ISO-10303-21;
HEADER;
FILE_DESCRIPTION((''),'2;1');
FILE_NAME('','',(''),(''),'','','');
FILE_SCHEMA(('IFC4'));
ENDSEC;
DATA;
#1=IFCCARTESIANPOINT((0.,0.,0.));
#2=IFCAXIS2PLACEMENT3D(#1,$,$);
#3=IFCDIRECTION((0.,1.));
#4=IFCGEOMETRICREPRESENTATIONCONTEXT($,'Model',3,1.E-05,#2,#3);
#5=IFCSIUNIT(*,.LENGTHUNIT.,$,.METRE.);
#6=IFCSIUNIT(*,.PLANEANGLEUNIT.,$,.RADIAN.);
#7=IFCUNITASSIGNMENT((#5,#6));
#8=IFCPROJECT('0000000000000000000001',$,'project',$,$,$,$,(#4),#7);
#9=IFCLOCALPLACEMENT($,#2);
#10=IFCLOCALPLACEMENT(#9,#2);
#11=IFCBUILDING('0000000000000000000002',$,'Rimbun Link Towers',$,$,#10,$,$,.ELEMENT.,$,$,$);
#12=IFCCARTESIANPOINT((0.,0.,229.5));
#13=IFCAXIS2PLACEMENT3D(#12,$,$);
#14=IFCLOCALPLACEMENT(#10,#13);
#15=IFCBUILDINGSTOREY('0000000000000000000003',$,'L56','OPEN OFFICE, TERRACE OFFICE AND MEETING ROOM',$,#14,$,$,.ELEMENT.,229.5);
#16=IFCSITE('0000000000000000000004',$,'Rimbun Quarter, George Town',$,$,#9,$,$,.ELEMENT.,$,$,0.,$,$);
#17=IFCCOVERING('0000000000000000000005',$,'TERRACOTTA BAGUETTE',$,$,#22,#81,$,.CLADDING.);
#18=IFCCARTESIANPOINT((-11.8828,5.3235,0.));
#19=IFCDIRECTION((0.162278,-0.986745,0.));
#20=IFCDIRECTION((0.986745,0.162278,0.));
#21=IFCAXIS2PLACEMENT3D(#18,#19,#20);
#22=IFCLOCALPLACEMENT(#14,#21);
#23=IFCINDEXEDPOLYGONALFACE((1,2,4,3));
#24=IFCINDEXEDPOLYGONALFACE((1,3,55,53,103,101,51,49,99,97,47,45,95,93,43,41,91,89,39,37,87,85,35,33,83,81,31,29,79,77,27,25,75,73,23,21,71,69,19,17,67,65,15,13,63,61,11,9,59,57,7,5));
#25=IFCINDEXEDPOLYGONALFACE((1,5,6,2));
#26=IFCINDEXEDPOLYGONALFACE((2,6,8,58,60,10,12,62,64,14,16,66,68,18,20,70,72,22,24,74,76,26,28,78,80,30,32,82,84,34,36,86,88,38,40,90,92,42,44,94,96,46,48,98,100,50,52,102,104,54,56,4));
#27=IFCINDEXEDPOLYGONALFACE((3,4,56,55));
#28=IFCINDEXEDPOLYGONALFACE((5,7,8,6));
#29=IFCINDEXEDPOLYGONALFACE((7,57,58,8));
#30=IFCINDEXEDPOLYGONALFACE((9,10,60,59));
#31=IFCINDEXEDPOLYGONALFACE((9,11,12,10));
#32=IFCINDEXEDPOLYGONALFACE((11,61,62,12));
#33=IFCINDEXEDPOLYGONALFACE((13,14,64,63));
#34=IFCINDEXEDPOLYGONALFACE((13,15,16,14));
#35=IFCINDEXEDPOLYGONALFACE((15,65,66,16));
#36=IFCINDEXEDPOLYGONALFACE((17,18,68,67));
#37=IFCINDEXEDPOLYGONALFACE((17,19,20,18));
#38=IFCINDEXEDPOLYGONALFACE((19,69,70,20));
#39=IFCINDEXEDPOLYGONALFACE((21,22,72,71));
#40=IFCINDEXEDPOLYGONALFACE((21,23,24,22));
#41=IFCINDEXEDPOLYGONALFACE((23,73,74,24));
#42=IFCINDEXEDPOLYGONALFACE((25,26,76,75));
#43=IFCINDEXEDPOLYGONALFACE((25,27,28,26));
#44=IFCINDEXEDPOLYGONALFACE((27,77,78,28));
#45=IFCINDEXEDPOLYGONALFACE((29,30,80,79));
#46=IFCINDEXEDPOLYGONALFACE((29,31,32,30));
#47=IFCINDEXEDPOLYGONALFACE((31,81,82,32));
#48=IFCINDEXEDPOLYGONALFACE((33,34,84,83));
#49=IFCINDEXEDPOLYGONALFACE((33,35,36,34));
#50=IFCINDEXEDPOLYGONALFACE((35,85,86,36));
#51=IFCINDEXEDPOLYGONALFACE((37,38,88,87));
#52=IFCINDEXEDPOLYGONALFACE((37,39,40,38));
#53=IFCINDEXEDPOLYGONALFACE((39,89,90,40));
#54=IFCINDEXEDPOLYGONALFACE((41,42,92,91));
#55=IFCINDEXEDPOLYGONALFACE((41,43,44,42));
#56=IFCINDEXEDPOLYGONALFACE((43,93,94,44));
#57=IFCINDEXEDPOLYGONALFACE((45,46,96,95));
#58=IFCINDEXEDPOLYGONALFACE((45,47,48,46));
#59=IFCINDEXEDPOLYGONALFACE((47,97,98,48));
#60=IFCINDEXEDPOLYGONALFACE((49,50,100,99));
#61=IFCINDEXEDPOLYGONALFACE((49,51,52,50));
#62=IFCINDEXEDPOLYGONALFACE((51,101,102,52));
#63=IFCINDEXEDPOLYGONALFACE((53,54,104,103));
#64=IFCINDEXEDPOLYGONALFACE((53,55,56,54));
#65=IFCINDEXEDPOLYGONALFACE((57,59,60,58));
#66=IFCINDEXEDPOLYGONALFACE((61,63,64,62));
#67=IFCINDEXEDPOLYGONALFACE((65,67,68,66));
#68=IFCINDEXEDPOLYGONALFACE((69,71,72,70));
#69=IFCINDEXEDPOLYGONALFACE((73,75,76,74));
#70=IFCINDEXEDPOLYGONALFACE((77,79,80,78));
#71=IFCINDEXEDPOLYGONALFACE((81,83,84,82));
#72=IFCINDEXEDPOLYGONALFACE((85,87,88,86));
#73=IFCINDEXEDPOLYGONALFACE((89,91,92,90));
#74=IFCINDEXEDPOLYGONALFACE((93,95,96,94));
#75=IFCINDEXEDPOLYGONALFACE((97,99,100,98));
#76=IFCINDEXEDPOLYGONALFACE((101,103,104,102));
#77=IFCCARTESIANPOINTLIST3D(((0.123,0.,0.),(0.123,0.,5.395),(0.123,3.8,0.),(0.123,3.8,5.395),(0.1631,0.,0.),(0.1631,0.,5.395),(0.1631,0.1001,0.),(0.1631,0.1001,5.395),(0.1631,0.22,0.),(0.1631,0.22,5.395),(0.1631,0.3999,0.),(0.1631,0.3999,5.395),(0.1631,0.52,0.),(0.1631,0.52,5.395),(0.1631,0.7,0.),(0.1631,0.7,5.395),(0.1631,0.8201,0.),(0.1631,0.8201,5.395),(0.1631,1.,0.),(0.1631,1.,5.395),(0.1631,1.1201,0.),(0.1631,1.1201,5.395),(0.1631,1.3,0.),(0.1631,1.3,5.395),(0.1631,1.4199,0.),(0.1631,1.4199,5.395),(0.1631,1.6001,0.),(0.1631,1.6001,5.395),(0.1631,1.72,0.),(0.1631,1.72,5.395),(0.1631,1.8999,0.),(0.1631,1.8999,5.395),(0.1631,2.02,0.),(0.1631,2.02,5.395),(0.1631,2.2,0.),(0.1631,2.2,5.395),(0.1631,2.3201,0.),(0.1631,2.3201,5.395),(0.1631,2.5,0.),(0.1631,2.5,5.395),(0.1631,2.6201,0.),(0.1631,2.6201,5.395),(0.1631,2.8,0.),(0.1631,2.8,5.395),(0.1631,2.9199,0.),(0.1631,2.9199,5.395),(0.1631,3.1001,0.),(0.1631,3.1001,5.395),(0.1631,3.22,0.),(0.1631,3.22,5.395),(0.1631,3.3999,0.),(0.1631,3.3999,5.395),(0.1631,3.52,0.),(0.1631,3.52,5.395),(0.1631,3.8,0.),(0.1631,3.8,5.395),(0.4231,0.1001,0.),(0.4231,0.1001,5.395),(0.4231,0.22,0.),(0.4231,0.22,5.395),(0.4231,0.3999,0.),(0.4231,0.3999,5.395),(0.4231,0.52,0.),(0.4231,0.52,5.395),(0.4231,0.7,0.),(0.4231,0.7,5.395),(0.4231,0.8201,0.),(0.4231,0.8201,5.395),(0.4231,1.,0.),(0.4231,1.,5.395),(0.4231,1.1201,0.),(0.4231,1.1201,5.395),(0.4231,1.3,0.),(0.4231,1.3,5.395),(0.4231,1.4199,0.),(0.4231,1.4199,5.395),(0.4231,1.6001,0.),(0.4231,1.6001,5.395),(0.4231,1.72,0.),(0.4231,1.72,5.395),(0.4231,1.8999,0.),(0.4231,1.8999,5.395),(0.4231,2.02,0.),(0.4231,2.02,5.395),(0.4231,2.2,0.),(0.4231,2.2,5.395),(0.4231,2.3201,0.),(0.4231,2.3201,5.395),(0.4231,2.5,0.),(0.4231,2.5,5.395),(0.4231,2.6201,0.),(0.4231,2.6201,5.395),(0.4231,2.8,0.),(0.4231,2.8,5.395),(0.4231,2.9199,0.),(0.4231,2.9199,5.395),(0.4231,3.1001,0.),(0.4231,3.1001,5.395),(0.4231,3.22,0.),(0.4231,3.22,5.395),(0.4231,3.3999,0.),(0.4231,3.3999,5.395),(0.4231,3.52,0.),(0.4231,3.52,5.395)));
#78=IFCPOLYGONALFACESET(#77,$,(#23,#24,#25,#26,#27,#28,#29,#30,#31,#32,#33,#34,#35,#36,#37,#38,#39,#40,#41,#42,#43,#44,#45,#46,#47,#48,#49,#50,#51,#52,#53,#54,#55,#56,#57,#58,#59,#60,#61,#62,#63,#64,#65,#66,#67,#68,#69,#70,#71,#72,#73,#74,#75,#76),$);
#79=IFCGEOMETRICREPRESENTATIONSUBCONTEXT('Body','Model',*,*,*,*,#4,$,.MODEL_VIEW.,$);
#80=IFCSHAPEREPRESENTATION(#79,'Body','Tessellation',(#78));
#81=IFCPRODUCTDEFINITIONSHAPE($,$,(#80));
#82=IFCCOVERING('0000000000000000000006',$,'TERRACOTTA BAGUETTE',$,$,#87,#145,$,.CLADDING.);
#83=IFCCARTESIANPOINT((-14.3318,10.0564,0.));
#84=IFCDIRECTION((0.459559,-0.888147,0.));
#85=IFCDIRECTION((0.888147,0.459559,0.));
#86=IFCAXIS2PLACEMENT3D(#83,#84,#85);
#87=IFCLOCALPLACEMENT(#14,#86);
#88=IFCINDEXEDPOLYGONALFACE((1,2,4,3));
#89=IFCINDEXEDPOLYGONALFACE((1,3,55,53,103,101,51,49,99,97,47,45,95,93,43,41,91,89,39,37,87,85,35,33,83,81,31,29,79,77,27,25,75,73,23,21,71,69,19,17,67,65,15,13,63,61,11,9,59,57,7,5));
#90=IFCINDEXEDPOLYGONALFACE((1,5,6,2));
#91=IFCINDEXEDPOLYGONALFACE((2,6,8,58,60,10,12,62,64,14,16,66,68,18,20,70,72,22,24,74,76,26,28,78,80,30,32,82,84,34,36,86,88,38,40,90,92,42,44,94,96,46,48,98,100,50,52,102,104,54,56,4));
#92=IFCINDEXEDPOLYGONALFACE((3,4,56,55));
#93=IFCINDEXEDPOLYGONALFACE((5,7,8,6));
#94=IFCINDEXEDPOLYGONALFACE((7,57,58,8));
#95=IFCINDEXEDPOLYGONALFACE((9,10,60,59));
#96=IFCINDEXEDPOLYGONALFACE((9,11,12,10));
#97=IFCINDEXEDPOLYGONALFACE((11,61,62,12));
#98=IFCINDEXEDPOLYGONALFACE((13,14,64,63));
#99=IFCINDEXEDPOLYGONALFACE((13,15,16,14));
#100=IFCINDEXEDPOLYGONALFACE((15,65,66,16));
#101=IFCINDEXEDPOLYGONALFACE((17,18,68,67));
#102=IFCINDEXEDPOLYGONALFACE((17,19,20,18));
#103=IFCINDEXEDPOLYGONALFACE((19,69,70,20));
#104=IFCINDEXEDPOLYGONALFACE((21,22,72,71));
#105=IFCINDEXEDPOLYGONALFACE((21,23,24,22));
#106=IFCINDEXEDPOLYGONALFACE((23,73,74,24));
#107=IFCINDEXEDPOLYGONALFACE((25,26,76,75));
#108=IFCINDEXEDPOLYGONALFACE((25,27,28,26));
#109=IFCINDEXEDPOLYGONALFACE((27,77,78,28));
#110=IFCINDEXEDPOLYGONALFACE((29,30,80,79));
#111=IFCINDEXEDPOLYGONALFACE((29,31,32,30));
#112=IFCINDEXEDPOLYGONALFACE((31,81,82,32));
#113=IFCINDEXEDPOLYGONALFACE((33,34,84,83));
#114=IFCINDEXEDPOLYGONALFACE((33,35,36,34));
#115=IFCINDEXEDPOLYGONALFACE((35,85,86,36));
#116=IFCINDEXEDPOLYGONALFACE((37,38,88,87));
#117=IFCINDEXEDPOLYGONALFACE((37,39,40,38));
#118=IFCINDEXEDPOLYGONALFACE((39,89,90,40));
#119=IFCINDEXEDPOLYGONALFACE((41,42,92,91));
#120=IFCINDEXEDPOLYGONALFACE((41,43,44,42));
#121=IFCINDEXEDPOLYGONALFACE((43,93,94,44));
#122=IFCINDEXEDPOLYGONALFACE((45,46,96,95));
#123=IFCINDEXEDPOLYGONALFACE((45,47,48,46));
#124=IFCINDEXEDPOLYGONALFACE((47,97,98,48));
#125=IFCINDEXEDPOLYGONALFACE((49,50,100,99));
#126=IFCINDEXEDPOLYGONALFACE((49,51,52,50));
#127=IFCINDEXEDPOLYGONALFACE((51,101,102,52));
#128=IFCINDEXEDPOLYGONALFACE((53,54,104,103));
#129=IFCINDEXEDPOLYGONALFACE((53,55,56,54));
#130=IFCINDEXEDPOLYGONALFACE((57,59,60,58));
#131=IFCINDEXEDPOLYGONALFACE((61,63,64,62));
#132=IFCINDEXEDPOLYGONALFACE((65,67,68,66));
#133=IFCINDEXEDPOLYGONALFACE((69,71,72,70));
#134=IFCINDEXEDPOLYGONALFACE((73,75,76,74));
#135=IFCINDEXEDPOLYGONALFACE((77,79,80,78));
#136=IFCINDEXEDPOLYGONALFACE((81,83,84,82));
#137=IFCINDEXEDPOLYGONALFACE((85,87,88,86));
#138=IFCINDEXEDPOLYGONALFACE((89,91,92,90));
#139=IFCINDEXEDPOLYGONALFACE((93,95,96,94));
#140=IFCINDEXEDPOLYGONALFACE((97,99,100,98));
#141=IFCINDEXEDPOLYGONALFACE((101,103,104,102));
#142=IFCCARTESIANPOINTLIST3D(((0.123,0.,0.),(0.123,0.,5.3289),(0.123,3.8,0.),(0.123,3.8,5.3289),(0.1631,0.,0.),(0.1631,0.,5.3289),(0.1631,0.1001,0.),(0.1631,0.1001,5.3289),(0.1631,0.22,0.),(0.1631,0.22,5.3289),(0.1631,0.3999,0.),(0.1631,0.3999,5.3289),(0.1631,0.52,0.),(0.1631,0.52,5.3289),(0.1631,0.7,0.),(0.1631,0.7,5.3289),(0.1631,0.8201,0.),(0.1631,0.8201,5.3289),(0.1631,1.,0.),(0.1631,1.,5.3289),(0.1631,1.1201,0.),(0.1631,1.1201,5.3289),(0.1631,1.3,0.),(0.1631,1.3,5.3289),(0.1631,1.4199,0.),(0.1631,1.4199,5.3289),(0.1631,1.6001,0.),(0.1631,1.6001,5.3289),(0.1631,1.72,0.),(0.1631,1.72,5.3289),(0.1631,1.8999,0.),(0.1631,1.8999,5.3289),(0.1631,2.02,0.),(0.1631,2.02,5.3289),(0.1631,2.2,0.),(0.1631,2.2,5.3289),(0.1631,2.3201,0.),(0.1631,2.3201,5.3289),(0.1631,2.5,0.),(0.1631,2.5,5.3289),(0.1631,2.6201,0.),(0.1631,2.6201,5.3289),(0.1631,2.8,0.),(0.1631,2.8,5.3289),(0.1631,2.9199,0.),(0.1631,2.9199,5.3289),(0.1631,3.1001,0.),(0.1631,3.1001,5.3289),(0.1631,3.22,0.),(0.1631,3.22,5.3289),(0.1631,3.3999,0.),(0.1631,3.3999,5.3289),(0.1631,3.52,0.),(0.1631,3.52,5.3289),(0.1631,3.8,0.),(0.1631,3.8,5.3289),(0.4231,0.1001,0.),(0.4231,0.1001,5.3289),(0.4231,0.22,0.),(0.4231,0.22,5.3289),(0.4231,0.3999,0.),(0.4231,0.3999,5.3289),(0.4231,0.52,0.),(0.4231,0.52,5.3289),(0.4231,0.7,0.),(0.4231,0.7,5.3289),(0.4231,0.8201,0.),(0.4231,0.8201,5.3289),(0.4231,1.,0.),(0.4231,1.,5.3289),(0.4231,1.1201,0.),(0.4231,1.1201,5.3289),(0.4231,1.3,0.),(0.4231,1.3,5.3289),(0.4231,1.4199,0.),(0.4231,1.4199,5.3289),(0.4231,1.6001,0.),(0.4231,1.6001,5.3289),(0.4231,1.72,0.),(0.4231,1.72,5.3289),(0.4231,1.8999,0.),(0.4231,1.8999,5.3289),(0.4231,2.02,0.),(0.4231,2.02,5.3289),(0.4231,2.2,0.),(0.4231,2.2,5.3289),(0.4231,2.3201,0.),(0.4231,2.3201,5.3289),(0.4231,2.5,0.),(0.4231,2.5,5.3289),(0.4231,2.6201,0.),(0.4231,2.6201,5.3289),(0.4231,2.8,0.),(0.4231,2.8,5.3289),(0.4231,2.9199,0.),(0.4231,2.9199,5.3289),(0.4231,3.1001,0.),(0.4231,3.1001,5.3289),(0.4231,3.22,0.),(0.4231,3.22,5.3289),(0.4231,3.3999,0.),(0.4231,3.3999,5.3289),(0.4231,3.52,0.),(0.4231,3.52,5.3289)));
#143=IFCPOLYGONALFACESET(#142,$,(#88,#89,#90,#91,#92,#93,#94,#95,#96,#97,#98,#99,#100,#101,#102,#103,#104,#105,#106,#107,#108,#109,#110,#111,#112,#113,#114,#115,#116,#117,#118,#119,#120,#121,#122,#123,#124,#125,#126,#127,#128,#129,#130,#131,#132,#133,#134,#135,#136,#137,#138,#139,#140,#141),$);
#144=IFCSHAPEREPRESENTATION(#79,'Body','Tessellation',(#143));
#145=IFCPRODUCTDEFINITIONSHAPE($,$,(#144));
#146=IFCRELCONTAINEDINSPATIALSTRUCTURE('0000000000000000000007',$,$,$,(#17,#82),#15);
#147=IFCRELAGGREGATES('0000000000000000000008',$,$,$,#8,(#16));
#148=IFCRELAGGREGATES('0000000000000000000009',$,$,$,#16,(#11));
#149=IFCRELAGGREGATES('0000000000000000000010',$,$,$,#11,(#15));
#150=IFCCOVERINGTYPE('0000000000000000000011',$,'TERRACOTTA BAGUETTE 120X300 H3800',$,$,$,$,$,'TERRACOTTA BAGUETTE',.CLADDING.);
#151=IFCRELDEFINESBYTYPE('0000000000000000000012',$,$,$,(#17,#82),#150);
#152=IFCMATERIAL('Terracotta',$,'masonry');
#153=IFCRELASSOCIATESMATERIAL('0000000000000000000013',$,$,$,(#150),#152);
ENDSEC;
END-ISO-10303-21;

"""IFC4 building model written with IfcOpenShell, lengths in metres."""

from ifc_helpers import new_model, si_unit, direction, frame, origin, place, context, subcontext, project, spatial, polyline, outline, extrude, material, material_profile, profile_set, type_object, element, save


model = new_model("IFC4")

# Units and contexts
model_context = context("Model", 3, precision=1e-05, world=origin(), true_north=direction((0.0, 1.0)))
body_context = subcontext(model_context, "Body", "Model", "MODEL_VIEW")
ifc_project = project(units=[si_unit("LENGTHUNIT", "METRE"), si_unit("PLANEANGLEUNIT", "RADIAN")], contexts=[model_context])

# Site, building, storey
site_placement = place(None, origin())
site = spatial("IfcSite", under=ifc_project, at=site_placement, Name="Rimbun Quarter, George Town", CompositionType="ELEMENT", RefElevation=0.0)
building_placement = place(site_placement, origin())
building = spatial("IfcBuilding", under=site, at=building_placement, Name="Rimbun Link Towers", CompositionType="ELEMENT")
storey_placement = place(building_placement, frame((0.0, 0.0, 229.5)))
storey = spatial("IfcBuildingStorey", under=building, at=storey_placement, Name="L56", Description="OPEN OFFICE, TERRACE OFFICE AND MEETING ROOM", CompositionType="ELEMENT", Elevation=229.5)

# Coverings
ifc_material_1 = material(Name="Terracotta", Category="masonry")
ifc_material_profile_1 = material_profile(ifc_material_1, outline(polyline([(0.123, 0.0), (0.1631, 0.0), (0.1631, 0.1001), (0.4231, 0.1001), (0.4231, 0.22), (0.1631, 0.22), (0.1631, 0.3999), (0.4231, 0.3999), (0.4231, 0.52), (0.1631, 0.52), (0.1631, 0.7), (0.4231, 0.7), (0.4231, 0.8201), (0.1631, 0.8201), (0.1631, 1.0), (0.4231, 1.0), (0.4231, 1.1201), (0.1631, 1.1201), (0.1631, 1.3), (0.4231, 1.3), (0.4231, 1.4199), (0.1631, 1.4199), (0.1631, 1.6001), (0.4231, 1.6001), (0.4231, 1.72), (0.1631, 1.72), (0.1631, 1.8999), (0.4231, 1.8999), (0.4231, 2.02), (0.1631, 2.02), (0.1631, 2.2), (0.4231, 2.2), (0.4231, 2.3201), (0.1631, 2.3201), (0.1631, 2.5), (0.4231, 2.5), (0.4231, 2.6201), (0.1631, 2.6201), (0.1631, 2.8), (0.4231, 2.8), (0.4231, 2.9199), (0.1631, 2.9199), (0.1631, 3.1001), (0.4231, 3.1001), (0.4231, 3.22), (0.1631, 3.22), (0.1631, 3.3999), (0.4231, 3.3999), (0.4231, 3.52), (0.1631, 3.52), (0.1631, 3.8), (0.123, 3.8), (0.123, 0.0)])), Name="BAGUETTE 120X300")
ifc_profile_set_1 = profile_set([ifc_material_profile_1], Name="Terracotta")
covering_type = type_object("IfcCoveringType", Name="TERRACOTTA BAGUETTE 120X300 H3800", ElementType="TERRACOTTA BAGUETTE", PredefinedType="CLADDING", material=ifc_profile_set_1)
covering_1_placement = place(storey_placement, frame((-11.8828, 5.3235, 0.0), z_axis=(0.162278, -0.986745, 0.0), x_axis=(0.986745, 0.162278, 0.0)))
element("IfcCovering", 1, at=covering_1_placement, inside=storey, type_object=covering_type, Name="TERRACOTTA BAGUETTE", PredefinedType="CLADDING", context=body_context, shape_type="SweptSolid", body=[
    extrude(outline(polyline([(0.123, 0.0), (0.1631, 0.0), (0.1631, 0.1001), (0.4231, 0.1001), (0.4231, 0.22), (0.1631, 0.22), (0.1631, 0.3999), (0.4231, 0.3999), (0.4231, 0.52), (0.1631, 0.52), (0.1631, 0.7), (0.4231, 0.7), (0.4231, 0.8201), (0.1631, 0.8201), (0.1631, 1.0), (0.4231, 1.0), (0.4231, 1.1201), (0.1631, 1.1201), (0.1631, 1.3), (0.4231, 1.3), (0.4231, 1.4199), (0.1631, 1.4199), (0.1631, 1.6001), (0.4231, 1.6001), (0.4231, 1.72), (0.1631, 1.72), (0.1631, 1.8999), (0.4231, 1.8999), (0.4231, 2.02), (0.1631, 2.02), (0.1631, 2.2), (0.4231, 2.2), (0.4231, 2.3201), (0.1631, 2.3201), (0.1631, 2.5), (0.4231, 2.5), (0.4231, 2.6201), (0.1631, 2.6201), (0.1631, 2.8), (0.4231, 2.8), (0.4231, 2.9199), (0.1631, 2.9199), (0.1631, 3.1001), (0.4231, 3.1001), (0.4231, 3.22), (0.1631, 3.22), (0.1631, 3.3999), (0.4231, 3.3999), (0.4231, 3.52), (0.1631, 3.52), (0.1631, 3.8), (0.123, 3.8), (0.123, 0.0)])), origin(), (0.0, 0.0, 1.0), 5.395),
])
covering_2_placement = place(storey_placement, frame((-14.3318, 10.0564, 0.0), z_axis=(0.459559, -0.888147, 0.0), x_axis=(0.888147, 0.459559, 0.0)))
element("IfcCovering", 2, at=covering_2_placement, inside=storey, type_object=covering_type, Name="TERRACOTTA BAGUETTE", PredefinedType="CLADDING", context=body_context, shape_type="SweptSolid", body=[
    extrude(outline(polyline([(0.123, 0.0), (0.1631, 0.0), (0.1631, 0.1001), (0.4231, 0.1001), (0.4231, 0.22), (0.1631, 0.22), (0.1631, 0.3999), (0.4231, 0.3999), (0.4231, 0.52), (0.1631, 0.52), (0.1631, 0.7), (0.4231, 0.7), (0.4231, 0.8201), (0.1631, 0.8201), (0.1631, 1.0), (0.4231, 1.0), (0.4231, 1.1201), (0.1631, 1.1201), (0.1631, 1.3), (0.4231, 1.3), (0.4231, 1.4199), (0.1631, 1.4199), (0.1631, 1.6001), (0.4231, 1.6001), (0.4231, 1.72), (0.1631, 1.72), (0.1631, 1.8999), (0.4231, 1.8999), (0.4231, 2.02), (0.1631, 2.02), (0.1631, 2.2), (0.4231, 2.2), (0.4231, 2.3201), (0.1631, 2.3201), (0.1631, 2.5), (0.4231, 2.5), (0.4231, 2.6201), (0.1631, 2.6201), (0.1631, 2.8), (0.4231, 2.8), (0.4231, 2.9199), (0.1631, 2.9199), (0.1631, 3.1001), (0.4231, 3.1001), (0.4231, 3.22), (0.1631, 3.22), (0.1631, 3.3999), (0.4231, 3.3999), (0.4231, 3.52), (0.1631, 3.52), (0.1631, 3.8), (0.123, 3.8), (0.123, 0.0)])), origin(), (0.0, 0.0, 1.0), 5.3289),
])

save(model, "model.ifc")
